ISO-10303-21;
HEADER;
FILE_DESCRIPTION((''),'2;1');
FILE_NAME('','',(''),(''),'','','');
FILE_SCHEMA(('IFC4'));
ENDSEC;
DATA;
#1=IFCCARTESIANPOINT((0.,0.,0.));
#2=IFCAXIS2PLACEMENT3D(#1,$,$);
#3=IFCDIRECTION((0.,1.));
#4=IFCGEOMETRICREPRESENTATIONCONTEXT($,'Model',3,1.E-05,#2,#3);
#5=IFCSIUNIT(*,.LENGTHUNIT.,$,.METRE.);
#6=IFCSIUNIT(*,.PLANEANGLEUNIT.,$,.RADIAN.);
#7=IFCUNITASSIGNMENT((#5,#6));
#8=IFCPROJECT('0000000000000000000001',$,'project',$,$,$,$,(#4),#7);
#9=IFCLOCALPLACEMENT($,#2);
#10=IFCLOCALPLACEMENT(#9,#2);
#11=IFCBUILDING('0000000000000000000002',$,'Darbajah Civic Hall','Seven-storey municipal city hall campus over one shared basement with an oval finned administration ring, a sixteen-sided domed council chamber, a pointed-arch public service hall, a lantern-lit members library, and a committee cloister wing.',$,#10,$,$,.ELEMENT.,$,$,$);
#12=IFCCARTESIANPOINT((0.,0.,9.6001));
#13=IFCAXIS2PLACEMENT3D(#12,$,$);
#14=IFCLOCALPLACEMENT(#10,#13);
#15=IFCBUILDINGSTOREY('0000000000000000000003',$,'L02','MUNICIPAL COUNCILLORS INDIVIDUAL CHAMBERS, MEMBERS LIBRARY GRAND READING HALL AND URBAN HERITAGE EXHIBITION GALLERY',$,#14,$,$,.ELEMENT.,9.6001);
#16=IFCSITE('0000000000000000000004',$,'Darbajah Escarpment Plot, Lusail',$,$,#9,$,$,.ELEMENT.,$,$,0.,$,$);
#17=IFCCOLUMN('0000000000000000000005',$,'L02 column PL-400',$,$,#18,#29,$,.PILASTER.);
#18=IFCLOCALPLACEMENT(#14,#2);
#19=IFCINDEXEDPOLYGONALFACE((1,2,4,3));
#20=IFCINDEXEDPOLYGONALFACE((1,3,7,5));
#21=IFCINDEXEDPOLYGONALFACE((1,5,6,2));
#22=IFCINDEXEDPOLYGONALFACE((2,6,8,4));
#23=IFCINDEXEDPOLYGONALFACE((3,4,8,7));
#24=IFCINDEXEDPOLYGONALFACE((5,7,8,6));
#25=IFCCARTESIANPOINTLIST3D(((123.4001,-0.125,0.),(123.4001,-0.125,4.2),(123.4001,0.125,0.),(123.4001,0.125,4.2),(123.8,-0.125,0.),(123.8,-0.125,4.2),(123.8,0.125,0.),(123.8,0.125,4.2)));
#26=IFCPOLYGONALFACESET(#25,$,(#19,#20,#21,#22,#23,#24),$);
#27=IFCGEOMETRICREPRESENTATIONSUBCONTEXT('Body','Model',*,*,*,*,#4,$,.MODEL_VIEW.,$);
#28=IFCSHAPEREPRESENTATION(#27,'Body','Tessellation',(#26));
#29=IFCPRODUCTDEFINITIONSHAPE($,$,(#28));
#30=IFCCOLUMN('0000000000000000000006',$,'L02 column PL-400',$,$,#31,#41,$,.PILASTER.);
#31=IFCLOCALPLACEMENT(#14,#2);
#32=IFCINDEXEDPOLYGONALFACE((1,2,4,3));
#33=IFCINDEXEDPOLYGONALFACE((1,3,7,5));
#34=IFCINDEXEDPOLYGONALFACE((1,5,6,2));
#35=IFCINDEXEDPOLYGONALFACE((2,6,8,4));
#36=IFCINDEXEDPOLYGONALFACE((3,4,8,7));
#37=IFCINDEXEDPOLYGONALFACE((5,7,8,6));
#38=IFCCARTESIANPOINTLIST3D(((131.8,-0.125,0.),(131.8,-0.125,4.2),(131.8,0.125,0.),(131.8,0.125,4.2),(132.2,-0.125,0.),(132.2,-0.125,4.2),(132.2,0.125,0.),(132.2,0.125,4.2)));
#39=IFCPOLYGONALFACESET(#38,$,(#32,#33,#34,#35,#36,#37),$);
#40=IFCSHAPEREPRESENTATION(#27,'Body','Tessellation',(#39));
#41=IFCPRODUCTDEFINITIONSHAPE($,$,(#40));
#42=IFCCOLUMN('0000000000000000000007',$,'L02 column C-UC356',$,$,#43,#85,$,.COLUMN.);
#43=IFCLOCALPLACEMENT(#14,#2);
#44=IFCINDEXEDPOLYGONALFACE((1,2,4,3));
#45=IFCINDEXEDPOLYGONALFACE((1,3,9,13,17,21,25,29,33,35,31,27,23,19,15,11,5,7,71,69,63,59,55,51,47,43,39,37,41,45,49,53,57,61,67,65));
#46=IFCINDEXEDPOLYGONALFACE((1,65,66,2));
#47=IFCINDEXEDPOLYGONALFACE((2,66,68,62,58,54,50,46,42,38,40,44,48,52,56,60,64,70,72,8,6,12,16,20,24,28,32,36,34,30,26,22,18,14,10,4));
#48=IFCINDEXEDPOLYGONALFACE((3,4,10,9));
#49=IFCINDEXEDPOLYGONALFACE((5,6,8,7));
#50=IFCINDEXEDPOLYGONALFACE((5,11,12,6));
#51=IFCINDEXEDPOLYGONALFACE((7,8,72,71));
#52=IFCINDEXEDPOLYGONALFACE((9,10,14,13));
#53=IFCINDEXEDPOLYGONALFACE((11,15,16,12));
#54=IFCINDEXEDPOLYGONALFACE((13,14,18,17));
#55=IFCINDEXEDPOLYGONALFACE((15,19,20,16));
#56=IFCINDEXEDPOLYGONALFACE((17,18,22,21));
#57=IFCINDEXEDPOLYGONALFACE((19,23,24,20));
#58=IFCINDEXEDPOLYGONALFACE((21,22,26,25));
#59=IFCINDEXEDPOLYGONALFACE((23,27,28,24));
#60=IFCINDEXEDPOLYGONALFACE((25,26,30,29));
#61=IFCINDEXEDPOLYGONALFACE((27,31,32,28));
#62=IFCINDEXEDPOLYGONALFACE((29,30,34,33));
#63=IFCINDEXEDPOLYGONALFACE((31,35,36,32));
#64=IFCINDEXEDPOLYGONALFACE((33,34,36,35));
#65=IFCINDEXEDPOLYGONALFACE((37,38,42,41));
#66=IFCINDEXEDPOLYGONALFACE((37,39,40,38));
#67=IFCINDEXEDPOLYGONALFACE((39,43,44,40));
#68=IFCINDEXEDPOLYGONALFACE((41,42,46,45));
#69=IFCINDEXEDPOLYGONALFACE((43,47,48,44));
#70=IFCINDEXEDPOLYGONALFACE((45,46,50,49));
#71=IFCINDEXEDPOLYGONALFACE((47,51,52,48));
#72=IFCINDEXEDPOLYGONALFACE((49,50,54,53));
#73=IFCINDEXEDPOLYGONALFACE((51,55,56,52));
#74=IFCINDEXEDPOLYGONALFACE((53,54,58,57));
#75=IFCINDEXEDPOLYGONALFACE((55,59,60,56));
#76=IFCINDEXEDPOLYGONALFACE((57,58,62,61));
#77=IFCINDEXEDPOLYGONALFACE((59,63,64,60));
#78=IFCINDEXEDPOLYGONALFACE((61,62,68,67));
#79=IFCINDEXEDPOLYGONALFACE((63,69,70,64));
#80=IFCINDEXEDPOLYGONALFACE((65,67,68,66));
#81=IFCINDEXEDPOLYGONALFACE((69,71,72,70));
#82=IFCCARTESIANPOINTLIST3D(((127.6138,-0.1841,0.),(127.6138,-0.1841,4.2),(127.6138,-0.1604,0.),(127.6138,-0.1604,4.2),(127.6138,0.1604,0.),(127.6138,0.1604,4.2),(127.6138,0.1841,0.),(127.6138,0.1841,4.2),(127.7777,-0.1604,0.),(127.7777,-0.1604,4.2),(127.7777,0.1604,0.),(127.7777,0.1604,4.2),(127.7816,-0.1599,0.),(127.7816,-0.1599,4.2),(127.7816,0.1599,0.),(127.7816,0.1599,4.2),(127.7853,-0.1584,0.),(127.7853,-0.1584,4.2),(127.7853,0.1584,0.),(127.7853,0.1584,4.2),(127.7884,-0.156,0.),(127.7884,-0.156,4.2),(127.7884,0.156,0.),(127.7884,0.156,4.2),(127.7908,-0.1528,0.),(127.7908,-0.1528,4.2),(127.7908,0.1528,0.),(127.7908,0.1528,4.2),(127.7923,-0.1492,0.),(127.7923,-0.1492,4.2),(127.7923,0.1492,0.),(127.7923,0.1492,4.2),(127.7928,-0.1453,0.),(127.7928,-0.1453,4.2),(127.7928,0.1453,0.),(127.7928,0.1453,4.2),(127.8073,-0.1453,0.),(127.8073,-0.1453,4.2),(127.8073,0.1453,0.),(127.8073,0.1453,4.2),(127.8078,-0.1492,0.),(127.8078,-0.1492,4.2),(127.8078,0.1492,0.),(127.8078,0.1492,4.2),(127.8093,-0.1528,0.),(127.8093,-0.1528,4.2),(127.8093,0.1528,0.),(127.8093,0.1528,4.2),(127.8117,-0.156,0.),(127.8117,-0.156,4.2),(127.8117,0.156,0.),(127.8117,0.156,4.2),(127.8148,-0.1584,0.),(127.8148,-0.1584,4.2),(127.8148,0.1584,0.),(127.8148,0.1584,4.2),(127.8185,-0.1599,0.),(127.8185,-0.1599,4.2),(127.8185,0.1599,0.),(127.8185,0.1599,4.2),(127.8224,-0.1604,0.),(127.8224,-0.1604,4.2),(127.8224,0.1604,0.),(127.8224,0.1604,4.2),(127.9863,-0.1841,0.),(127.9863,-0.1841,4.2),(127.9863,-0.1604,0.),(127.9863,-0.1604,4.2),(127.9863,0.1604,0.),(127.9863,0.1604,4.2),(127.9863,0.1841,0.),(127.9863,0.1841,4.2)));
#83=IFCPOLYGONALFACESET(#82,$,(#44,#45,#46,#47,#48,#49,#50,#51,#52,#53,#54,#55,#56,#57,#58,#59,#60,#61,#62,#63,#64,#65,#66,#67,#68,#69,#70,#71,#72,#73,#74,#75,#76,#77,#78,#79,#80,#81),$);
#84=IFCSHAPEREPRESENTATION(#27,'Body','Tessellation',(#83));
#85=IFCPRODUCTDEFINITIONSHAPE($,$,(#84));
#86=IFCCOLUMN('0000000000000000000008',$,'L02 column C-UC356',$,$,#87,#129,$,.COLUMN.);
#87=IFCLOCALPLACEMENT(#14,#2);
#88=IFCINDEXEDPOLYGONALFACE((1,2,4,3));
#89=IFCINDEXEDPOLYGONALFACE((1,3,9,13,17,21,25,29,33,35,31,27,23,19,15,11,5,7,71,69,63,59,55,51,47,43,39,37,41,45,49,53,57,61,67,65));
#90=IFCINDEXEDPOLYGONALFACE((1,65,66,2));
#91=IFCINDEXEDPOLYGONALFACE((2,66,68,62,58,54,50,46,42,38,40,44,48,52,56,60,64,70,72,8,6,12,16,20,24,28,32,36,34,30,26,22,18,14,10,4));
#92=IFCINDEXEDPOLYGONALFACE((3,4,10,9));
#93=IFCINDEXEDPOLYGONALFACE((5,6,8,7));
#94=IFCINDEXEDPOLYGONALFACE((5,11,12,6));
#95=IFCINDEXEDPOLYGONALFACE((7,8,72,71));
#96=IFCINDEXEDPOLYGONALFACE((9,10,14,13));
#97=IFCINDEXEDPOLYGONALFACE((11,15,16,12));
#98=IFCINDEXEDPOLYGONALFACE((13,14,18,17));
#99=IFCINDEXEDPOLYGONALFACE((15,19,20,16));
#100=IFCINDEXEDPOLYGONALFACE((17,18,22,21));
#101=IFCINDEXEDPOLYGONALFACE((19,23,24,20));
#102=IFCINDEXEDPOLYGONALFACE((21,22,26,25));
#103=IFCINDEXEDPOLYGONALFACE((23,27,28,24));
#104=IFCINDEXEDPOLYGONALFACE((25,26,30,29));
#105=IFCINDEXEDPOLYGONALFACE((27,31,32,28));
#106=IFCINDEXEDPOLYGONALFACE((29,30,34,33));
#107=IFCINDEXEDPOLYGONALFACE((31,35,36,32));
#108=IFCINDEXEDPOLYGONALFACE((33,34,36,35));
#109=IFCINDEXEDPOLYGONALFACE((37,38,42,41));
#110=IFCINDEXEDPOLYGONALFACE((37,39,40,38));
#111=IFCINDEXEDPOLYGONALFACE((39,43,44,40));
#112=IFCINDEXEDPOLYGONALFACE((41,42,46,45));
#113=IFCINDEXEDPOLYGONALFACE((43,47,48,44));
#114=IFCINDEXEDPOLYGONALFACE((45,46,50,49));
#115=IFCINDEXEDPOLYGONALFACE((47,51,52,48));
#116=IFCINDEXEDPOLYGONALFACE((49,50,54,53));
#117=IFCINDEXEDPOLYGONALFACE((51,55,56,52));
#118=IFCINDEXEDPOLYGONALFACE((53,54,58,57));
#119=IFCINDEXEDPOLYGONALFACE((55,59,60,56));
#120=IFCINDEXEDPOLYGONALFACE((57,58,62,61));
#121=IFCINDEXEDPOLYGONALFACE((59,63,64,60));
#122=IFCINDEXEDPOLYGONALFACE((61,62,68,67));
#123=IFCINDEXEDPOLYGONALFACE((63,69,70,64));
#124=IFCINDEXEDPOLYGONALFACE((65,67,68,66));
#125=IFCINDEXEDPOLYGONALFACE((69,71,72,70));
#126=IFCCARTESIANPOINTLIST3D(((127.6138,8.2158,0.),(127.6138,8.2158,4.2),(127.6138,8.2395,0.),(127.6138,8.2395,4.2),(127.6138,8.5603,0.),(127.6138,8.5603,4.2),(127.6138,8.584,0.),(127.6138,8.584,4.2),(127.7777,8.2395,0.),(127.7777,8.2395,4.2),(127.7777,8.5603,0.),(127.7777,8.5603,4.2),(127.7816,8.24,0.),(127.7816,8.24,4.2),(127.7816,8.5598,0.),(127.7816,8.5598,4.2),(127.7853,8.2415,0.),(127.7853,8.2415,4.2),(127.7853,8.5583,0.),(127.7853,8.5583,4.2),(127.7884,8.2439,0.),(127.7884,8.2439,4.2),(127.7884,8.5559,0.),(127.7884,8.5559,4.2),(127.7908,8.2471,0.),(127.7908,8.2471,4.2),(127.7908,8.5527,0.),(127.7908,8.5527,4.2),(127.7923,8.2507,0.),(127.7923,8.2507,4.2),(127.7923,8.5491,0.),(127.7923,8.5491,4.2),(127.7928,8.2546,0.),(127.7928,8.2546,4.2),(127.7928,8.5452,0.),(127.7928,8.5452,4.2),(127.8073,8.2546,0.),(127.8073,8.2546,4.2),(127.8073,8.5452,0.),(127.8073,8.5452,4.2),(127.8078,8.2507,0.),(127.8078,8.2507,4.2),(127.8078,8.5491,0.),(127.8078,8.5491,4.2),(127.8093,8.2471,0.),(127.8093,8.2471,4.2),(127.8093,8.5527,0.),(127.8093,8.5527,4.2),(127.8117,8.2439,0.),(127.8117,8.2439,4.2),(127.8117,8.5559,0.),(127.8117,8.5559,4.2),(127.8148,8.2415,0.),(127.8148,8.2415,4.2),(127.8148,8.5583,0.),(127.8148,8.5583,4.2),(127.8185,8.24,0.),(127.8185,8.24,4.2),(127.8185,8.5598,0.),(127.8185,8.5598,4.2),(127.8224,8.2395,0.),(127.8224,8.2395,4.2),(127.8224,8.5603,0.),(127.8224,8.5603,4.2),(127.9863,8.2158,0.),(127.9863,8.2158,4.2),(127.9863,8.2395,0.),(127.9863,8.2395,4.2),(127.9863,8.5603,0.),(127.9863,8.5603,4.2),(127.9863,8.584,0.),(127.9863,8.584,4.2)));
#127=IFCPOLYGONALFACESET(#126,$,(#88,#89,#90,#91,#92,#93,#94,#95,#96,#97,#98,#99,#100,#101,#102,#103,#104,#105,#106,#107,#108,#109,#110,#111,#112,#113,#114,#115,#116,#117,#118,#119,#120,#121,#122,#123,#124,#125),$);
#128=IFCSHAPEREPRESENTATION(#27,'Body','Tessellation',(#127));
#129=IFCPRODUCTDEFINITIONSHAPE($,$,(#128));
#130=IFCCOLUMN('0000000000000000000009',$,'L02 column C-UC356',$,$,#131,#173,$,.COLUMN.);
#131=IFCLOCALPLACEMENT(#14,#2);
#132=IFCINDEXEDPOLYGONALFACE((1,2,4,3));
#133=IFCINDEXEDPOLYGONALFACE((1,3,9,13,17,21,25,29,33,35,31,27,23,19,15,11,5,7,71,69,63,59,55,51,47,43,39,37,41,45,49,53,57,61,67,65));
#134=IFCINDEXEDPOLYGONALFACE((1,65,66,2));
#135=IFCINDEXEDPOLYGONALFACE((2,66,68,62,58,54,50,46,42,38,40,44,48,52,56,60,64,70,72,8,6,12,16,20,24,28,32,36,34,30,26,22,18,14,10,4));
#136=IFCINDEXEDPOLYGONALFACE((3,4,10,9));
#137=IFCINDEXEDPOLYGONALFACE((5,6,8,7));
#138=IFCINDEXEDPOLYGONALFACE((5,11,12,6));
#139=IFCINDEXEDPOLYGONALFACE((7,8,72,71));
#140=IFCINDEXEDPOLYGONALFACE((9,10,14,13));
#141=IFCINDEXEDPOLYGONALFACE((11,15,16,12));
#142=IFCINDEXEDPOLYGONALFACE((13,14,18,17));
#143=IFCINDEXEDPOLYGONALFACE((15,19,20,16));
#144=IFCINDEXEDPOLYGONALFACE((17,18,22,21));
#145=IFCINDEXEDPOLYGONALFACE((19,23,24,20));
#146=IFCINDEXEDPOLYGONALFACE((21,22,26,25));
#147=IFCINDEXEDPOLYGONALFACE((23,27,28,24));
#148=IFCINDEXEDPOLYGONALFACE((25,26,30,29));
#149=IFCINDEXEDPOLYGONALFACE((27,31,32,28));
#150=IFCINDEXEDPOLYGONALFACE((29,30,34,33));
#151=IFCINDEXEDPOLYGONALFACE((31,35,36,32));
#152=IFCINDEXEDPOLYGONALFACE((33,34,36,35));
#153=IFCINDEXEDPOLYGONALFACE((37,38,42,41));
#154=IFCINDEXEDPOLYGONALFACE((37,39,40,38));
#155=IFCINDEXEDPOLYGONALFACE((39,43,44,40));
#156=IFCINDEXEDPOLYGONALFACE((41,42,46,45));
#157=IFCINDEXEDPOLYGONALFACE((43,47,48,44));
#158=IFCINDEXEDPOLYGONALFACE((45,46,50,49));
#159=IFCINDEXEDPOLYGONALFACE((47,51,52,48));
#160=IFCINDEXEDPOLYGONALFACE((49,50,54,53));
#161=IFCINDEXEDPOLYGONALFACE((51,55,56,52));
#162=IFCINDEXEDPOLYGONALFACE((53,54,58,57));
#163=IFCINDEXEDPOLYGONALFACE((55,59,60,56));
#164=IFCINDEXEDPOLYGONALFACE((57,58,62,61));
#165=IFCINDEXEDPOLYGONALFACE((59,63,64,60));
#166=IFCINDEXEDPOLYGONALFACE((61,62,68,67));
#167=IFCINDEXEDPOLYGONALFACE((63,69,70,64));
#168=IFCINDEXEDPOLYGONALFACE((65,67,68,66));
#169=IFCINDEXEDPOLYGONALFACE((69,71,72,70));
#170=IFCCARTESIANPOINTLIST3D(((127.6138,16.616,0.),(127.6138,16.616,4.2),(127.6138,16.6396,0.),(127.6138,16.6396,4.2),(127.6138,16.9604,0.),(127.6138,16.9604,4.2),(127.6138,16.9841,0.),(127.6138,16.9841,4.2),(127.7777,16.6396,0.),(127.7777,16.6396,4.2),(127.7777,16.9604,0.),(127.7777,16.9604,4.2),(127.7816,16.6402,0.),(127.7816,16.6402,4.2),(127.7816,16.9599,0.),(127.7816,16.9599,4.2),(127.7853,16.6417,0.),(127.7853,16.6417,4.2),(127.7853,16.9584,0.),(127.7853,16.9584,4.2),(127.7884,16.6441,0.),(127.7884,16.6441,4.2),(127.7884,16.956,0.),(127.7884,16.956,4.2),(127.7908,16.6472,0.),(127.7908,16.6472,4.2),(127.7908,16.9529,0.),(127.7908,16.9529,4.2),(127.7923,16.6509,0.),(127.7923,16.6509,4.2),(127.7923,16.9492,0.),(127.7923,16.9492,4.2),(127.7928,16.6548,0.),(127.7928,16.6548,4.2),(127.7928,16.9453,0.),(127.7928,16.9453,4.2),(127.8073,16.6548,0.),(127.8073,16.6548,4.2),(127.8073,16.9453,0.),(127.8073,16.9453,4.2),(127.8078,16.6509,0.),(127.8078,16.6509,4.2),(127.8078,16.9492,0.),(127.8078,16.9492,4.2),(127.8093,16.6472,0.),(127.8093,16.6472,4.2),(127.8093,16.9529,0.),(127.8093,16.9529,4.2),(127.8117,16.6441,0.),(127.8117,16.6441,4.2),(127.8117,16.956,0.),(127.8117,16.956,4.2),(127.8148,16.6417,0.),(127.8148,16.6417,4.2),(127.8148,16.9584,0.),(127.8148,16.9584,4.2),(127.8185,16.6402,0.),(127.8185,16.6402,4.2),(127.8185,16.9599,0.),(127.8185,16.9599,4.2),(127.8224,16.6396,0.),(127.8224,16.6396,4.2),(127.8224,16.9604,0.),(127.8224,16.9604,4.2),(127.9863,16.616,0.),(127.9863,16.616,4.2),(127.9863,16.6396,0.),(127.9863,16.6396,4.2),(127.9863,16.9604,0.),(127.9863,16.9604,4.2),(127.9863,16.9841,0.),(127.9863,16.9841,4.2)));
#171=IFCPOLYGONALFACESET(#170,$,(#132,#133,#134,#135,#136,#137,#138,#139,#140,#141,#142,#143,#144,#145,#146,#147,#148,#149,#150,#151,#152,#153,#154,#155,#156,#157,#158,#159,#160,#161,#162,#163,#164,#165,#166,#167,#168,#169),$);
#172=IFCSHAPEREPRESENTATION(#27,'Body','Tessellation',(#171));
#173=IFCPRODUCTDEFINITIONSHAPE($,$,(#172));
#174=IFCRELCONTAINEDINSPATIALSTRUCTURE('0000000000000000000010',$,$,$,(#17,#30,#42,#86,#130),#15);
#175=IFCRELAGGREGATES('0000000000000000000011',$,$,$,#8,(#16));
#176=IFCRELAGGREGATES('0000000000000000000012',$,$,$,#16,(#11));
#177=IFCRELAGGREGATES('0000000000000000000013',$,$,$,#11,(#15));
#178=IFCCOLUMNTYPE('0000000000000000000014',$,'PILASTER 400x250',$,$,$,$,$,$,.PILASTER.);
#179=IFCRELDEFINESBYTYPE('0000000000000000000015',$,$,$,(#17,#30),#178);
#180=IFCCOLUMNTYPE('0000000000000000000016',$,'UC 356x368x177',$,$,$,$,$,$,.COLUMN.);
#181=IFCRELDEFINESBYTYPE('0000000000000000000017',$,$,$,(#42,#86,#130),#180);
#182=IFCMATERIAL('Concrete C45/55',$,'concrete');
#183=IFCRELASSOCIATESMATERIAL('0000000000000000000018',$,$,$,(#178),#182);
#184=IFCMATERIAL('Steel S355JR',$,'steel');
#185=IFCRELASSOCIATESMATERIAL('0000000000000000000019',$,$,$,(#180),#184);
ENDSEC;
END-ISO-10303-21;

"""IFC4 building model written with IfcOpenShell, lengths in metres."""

from ifc_helpers import new_model, si_unit, direction, frame, origin, origin_2d, place, context, subcontext, project, spatial, rectangle, i_section, extrude, material, material_profile, profile_set, type_object, element, save


model = new_model("IFC4")

# Units and contexts
model_context = context("Model", 3, precision=1e-05, world=origin(), true_north=direction((0.0, 1.0)))
body_context = subcontext(model_context, "Body", "Model", "MODEL_VIEW")
ifc_project = project(units=[si_unit("LENGTHUNIT", "METRE"), si_unit("PLANEANGLEUNIT", "RADIAN")], contexts=[model_context])

# Site, building, storey
site_placement = place(None, origin())
site = spatial("IfcSite", under=ifc_project, at=site_placement, Name="Darbajah Escarpment Plot, Lusail", CompositionType="ELEMENT", RefElevation=0.0)
building_placement = place(site_placement, origin())
building = spatial("IfcBuilding", under=site, at=building_placement, Name="Darbajah Civic Hall", Description="Seven-storey municipal city hall campus over one shared basement with an oval finned administration ring, a sixteen-sided domed council chamber, a pointed-arch public service hall, a lantern-lit members library, and a committee cloister wing.", CompositionType="ELEMENT")
storey_placement = place(building_placement, frame((0.0, 0.0, 9.6001)))
storey = spatial("IfcBuildingStorey", under=building, at=storey_placement, Name="L02", Description="MUNICIPAL COUNCILLORS INDIVIDUAL CHAMBERS, MEMBERS LIBRARY GRAND READING HALL AND URBAN HERITAGE EXHIBITION GALLERY", CompositionType="ELEMENT", Elevation=9.6001)

# Columns
ifc_material_1 = material(Name="Concrete C45/55", Category="concrete")
ifc_material_profile_1 = material_profile(ifc_material_1, rectangle(XDim=0.3999, YDim=0.25, at=origin_2d()), Name="PILASTER 400x250")
ifc_profile_set_1 = profile_set([ifc_material_profile_1], Name="Concrete C45/55")
column_type_1 = type_object("IfcColumnType", Name="PILASTER 400x250", PredefinedType="PILASTER", material=ifc_profile_set_1)
for number, where, z_axis, x_axis, name in (
    (1, (123.6001, 0.0, 0.0), (0.0, 0.0, 1.0), (1.0, 0.0, 0.0), "L02 column PL-400"),
    (2, (132.0, 0.0, 0.0), (0.0, 0.0, 1.0), (1.0, 0.0, 0.0), "L02 column PL-400"),
):
    element("IfcColumn", number, at=place(storey_placement, frame(where, z_axis=z_axis, x_axis=x_axis)), inside=storey, type_object=column_type_1, Name=name, PredefinedType="PILASTER", context=body_context, shape_type="SweptSolid", body=[
        extrude(rectangle(XDim=0.3999, YDim=0.25, at=origin_2d()), origin(), (0.0, 0.0, 1.0), 4.2),
    ])
ifc_material_2 = material(Name="Steel S355JR", Category="steel")
ifc_material_profile_2 = material_profile(ifc_material_2, i_section(OverallWidth=0.3726, OverallDepth=0.3682, WebThickness=0.0144, FlangeThickness=0.0237, FilletRadius=0.0151, at=origin_2d()), Name="UC 356x368x177")
ifc_profile_set_2 = profile_set([ifc_material_profile_2], Name="Steel S355JR")
column_type_2 = type_object("IfcColumnType", Name="UC 356x368x177", PredefinedType="COLUMN", material=ifc_profile_set_2)
for number, where, z_axis, x_axis, name in (
    (3, (127.8, 0.0, 0.0), (0.0, 0.0, 1.0), (1.0, 0.0, 0.0), "L02 column C-UC356"),
    (4, (127.8, 8.3999, 0.0), (0.0, 0.0, 1.0), (1.0, 0.0, 0.0), "L02 column C-UC356"),
    (5, (127.8, 16.8, 0.0), (0.0, 0.0, 1.0), (1.0, 0.0, 0.0), "L02 column C-UC356"),
):
    element("IfcColumn", number, at=place(storey_placement, frame(where, z_axis=z_axis, x_axis=x_axis)), inside=storey, type_object=column_type_2, Name=name, PredefinedType="COLUMN", context=body_context, shape_type="SweptSolid", body=[
        extrude(i_section(OverallWidth=0.3726, OverallDepth=0.3682, WebThickness=0.0144, FlangeThickness=0.0237, FilletRadius=0.0151, at=origin_2d()), origin(), (0.0, 0.0, 1.0), 4.2),
    ])

save(model, "model.ifc")
